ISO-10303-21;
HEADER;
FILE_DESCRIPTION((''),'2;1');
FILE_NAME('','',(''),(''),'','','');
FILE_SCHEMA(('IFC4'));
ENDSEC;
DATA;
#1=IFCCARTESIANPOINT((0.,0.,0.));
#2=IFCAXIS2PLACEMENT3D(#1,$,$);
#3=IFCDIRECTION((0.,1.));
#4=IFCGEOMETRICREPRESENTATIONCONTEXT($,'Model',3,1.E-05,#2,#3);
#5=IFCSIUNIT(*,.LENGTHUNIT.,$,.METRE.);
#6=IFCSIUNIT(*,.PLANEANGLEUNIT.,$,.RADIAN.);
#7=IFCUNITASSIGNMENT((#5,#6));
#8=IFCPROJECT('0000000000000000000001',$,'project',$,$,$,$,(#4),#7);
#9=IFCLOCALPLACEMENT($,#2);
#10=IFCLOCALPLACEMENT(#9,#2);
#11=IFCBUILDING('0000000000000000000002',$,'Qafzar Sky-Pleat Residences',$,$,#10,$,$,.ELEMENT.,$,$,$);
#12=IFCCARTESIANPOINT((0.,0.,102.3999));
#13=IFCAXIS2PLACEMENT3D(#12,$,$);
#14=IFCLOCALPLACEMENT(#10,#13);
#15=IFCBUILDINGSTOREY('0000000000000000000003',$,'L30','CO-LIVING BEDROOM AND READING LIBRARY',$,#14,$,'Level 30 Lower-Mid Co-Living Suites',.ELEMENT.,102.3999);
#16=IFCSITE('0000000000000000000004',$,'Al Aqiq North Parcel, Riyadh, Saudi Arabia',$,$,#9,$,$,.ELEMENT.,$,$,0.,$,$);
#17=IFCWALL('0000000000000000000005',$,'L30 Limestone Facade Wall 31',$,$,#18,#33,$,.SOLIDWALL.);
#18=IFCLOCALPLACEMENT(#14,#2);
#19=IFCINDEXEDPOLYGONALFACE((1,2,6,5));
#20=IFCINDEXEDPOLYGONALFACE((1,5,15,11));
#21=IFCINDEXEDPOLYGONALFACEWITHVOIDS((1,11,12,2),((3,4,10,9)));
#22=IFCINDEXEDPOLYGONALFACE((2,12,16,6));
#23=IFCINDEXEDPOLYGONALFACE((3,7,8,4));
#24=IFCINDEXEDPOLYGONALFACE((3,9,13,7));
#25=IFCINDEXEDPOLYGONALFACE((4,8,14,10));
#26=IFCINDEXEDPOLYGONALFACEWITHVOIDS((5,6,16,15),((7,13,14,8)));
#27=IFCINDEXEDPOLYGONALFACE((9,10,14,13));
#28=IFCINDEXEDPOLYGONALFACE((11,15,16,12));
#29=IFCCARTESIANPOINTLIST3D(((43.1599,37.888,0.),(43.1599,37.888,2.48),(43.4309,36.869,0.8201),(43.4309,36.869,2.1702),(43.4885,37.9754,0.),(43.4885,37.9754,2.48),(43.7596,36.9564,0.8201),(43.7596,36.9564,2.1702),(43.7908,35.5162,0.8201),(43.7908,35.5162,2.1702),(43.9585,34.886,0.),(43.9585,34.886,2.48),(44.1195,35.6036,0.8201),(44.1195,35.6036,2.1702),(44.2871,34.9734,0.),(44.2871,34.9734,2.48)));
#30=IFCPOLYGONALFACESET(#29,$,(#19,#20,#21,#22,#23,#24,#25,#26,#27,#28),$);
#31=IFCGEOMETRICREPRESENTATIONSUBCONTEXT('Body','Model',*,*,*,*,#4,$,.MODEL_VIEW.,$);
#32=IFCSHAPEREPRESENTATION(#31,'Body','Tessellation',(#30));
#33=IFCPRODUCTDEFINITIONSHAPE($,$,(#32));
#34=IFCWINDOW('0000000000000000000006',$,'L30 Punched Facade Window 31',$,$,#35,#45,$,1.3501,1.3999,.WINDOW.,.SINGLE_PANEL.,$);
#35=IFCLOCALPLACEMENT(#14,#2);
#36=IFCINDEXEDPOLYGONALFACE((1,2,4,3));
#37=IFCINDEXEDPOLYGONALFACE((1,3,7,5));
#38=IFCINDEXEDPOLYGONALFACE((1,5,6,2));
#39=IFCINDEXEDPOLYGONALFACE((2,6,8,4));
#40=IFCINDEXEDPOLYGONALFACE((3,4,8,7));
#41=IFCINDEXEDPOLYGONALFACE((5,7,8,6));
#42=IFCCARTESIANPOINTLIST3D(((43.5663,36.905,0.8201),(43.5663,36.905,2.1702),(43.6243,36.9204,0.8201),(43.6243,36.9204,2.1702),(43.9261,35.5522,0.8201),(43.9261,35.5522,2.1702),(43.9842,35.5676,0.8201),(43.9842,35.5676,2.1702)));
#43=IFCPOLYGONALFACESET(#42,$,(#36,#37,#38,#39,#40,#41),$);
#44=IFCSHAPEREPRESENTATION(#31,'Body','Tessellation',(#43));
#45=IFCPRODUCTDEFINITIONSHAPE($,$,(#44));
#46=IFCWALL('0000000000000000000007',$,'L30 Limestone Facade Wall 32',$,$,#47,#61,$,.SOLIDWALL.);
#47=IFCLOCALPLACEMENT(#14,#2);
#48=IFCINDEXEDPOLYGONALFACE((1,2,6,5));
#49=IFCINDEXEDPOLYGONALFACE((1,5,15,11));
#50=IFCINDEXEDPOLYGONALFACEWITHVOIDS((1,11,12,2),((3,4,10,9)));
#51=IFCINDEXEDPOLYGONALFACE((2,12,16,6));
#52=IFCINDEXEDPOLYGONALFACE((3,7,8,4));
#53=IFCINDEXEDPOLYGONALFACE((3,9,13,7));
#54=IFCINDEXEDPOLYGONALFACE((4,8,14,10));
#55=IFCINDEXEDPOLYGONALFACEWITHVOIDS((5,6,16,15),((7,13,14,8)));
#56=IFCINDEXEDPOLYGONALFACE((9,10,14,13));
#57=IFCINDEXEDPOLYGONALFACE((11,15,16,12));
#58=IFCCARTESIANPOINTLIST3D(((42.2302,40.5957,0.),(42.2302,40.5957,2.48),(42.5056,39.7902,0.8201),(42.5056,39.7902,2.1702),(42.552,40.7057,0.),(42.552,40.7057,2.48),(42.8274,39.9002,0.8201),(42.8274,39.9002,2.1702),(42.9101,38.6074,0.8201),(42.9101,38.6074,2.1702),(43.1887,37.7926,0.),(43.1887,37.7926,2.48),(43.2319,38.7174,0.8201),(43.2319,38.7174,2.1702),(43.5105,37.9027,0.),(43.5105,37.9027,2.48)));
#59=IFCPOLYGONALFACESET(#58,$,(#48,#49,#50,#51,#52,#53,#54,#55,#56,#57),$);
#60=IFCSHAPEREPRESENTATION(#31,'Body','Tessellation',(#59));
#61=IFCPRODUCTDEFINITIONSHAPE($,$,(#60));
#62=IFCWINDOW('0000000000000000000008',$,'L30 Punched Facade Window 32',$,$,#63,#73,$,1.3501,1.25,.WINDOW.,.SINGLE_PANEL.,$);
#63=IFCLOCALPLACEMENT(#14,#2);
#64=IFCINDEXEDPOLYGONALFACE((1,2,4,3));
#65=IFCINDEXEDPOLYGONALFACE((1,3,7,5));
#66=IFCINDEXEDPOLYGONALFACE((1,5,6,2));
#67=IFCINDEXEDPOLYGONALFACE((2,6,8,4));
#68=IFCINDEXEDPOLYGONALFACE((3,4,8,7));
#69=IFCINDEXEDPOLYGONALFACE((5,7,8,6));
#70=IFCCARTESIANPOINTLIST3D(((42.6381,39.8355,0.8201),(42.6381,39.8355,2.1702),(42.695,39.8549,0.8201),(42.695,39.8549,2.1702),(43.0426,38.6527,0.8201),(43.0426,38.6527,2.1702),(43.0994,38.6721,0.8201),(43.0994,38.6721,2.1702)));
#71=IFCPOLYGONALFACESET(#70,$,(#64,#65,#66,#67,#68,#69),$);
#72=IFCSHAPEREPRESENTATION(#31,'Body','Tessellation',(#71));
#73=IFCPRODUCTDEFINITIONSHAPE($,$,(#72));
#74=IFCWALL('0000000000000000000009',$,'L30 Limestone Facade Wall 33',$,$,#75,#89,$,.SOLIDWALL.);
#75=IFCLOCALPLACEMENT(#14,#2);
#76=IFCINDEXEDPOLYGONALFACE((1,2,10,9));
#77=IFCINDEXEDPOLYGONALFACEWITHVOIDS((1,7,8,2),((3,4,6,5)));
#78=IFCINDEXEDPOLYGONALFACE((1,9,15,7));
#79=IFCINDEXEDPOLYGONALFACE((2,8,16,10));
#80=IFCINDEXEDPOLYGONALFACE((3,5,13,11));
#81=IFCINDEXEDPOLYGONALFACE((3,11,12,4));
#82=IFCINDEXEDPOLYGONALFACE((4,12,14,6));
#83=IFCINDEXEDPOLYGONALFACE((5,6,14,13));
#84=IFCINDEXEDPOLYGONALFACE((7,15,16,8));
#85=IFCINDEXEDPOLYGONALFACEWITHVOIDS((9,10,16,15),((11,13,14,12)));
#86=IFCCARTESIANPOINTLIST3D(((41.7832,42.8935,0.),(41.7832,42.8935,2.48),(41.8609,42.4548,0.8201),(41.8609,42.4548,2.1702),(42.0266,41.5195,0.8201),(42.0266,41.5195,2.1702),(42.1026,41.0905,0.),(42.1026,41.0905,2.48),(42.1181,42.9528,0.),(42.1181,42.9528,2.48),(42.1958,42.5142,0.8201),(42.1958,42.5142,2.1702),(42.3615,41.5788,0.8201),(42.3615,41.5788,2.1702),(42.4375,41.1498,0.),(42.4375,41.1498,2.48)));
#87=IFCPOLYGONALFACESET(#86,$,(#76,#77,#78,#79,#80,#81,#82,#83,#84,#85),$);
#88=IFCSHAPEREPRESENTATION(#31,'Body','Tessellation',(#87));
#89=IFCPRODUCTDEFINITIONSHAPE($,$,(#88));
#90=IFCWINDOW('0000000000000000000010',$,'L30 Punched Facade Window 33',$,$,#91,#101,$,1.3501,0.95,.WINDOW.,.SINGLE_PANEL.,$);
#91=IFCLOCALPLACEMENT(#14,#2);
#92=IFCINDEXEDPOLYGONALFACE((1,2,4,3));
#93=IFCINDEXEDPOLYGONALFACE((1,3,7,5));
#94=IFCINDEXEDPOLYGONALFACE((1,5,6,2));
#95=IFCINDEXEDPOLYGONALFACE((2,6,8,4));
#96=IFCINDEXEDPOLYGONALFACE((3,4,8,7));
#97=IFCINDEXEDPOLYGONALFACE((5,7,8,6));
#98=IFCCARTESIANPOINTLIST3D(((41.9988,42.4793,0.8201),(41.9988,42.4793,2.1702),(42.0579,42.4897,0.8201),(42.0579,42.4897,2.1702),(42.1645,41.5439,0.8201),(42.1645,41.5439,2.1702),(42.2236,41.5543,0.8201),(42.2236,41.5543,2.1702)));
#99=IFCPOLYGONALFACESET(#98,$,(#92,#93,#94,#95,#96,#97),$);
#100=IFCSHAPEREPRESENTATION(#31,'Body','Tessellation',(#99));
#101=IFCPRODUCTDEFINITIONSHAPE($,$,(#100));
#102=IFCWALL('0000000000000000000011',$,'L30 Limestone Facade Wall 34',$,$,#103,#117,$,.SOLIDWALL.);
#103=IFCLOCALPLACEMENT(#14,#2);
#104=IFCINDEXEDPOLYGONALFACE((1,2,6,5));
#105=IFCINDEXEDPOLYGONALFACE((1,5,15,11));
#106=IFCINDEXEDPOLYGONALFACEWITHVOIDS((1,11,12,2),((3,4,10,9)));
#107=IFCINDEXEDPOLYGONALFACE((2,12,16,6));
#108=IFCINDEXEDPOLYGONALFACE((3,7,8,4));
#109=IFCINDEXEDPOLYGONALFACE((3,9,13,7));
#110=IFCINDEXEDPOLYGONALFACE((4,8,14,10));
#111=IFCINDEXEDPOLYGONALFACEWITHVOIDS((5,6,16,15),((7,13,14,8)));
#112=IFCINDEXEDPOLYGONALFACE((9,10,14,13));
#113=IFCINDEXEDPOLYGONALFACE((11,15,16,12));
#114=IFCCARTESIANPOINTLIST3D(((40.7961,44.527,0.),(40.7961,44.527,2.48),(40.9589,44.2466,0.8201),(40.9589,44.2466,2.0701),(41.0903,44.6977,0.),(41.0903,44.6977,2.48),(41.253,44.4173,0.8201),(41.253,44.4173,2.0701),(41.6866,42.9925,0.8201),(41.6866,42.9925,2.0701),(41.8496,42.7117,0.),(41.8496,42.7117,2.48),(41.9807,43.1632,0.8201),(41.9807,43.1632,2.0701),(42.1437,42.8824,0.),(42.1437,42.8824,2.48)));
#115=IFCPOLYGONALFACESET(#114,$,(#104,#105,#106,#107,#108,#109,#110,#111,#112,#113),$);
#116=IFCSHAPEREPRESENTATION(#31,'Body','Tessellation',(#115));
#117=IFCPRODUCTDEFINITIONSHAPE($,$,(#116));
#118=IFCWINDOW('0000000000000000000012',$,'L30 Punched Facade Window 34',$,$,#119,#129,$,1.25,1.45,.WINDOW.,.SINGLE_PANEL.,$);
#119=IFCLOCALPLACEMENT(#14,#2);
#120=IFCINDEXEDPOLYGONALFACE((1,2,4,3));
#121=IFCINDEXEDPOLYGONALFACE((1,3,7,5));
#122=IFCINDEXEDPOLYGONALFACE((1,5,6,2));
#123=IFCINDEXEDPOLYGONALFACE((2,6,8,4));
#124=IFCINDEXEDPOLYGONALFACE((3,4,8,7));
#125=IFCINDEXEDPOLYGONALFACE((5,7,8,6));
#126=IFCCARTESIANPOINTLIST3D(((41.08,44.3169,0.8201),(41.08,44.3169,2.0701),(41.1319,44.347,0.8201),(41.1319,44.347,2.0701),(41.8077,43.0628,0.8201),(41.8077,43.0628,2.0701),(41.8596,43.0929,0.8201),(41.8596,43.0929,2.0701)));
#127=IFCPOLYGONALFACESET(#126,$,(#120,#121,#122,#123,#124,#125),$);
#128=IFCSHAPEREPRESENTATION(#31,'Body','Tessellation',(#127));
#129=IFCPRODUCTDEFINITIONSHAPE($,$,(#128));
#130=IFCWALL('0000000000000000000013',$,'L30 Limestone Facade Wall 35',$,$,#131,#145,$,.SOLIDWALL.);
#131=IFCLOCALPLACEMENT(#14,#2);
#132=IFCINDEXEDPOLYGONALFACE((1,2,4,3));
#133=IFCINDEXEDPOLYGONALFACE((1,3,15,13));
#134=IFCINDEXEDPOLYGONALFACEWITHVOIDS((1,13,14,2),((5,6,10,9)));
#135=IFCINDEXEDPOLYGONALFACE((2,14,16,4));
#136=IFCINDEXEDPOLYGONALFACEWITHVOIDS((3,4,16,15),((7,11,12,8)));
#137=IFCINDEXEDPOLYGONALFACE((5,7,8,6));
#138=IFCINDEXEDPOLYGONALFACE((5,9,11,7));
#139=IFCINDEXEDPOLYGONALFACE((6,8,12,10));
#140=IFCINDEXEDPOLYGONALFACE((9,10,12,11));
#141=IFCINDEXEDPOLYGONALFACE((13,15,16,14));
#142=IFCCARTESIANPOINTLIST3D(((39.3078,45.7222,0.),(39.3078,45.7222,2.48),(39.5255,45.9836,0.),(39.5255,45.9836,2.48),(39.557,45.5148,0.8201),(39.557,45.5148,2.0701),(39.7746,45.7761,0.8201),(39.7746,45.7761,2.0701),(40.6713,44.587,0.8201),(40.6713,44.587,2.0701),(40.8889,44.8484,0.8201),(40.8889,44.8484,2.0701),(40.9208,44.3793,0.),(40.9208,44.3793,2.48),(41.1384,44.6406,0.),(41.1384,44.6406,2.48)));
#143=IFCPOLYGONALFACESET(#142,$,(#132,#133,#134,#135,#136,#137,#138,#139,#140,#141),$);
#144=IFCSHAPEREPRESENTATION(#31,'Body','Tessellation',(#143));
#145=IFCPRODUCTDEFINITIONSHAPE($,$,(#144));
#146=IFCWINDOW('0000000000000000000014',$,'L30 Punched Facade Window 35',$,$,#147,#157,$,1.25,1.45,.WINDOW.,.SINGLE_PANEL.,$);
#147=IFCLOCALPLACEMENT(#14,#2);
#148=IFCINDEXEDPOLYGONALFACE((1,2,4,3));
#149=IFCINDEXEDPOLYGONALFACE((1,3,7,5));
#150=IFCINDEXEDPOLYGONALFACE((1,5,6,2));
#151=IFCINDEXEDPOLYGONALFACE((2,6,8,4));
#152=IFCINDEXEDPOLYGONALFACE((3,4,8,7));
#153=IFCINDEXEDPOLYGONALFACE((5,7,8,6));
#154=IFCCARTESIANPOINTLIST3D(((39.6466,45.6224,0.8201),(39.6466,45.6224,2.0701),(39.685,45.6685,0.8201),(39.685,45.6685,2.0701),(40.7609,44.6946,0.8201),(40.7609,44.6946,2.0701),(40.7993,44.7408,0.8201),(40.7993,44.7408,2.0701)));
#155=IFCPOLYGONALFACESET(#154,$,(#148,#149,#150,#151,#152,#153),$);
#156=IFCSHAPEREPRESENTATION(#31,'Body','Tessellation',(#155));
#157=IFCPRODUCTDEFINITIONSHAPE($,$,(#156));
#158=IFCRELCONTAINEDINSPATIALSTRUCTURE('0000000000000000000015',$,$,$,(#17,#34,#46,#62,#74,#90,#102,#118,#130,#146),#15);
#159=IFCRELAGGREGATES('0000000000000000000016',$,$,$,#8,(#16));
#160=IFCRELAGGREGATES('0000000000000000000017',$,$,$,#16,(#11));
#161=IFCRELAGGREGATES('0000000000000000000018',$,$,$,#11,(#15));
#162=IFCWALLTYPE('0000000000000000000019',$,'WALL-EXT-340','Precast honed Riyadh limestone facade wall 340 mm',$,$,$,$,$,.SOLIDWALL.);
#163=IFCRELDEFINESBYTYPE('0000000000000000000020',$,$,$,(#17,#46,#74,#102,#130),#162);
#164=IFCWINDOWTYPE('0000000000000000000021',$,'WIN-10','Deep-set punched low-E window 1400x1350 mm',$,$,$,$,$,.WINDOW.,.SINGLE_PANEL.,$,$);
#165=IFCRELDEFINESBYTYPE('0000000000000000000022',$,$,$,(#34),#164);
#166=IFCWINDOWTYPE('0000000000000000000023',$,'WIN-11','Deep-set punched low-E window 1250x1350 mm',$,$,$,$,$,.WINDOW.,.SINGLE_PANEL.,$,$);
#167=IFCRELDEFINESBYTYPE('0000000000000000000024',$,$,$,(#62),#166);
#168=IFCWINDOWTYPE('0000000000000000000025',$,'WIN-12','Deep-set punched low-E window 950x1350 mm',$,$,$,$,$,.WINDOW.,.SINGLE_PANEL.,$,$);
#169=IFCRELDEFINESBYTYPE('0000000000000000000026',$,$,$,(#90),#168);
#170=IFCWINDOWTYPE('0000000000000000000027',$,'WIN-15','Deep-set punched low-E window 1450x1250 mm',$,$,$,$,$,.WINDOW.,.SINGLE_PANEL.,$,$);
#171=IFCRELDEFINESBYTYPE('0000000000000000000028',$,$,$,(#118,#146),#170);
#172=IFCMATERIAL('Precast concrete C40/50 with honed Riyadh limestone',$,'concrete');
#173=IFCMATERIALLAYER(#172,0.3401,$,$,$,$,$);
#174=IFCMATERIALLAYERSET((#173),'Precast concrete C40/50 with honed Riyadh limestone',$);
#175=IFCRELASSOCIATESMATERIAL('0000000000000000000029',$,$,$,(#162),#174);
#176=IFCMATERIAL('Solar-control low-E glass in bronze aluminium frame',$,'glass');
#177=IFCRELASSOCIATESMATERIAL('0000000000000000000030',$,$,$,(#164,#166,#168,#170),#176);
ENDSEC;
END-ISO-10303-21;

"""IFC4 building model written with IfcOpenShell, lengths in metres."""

from ifc_helpers import new_model, si_unit, direction, frame, frame_2d, origin, place, context, subcontext, project, spatial, rectangle, extrude, source, transform, mapped, material, layer, layer_set, type_object, element, fill, save


model = new_model("IFC4")

# Units and contexts
model_context = context("Model", 3, precision=1e-05, world=origin(), true_north=direction((0.0, 1.0)))
body_context = subcontext(model_context, "Body", "Model", "MODEL_VIEW")
ifc_project = project(units=[si_unit("LENGTHUNIT", "METRE"), si_unit("PLANEANGLEUNIT", "RADIAN")], contexts=[model_context])

# Site, building, storey
site_placement = place(None, origin())
site = spatial("IfcSite", under=ifc_project, at=site_placement, Name="Al Aqiq North Parcel, Riyadh, Saudi Arabia", CompositionType="ELEMENT", RefElevation=0.0)
building_placement = place(site_placement, origin())
building = spatial("IfcBuilding", under=site, at=building_placement, Name="Qafzar Sky-Pleat Residences", CompositionType="ELEMENT")
storey_placement = place(building_placement, frame((0.0, 0.0, 102.3999)))
storey = spatial("IfcBuildingStorey", under=building, at=storey_placement, Name="L30", Description="CO-LIVING BEDROOM AND READING LIBRARY", LongName="Level 30 Lower-Mid Co-Living Suites", CompositionType="ELEMENT", Elevation=102.3999)

# Walls, openings, windows
ifc_material_1 = material(Name="Precast concrete C40/50 with honed Riyadh limestone", Category="concrete")
ifc_layer_1 = layer(ifc_material_1, 0.3401)
ifc_layer_set_1 = layer_set([ifc_layer_1], Name="Precast concrete C40/50 with honed Riyadh limestone")
wall_type_1 = type_object("IfcWallType", Name="WALL-EXT-340", Description="Precast honed Riyadh limestone facade wall 340 mm", PredefinedType="SOLIDWALL", material=ifc_layer_set_1)
wall_1_placement = place(storey_placement, frame((44.1228, 34.9297, 0.0), z_axis=(0.0, 0.0, 1.0), x_axis=(-0.25708, 0.96639, 0.0)))
wall_1 = element("IfcWall", 1, at=wall_1_placement, inside=storey, type_object=wall_type_1, Name="L30 Limestone Facade Wall 31", PredefinedType="SOLIDWALL", context=body_context, shape_type="SweptSolid", body=[
    extrude(rectangle(XDim=3.1064, YDim=0.3401, at=frame_2d((1.5532, 0.0))), origin(), (0.0, 0.0, 1.0), 2.48),
])
opening_1_placement = place(wall_1_placement, frame((0.6521, 0.0, 0.8201)))
opening_1 = element("IfcOpeningElement", 2, at=opening_1_placement, cuts=wall_1, PredefinedType="OPENING", context=body_context, shape_type="SweptSolid", body=[
    extrude(rectangle(XDim=1.3999, YDim=1.3501, at=frame_2d((0.7, 0.675))), frame((0.0, 0.1802, 0.0), z_axis=(0.0, -1.0, 0.0), x_axis=(1.0, 0.0, 0.0)), (0.0, 0.0, 1.0), 0.3601),
])
ifc_material_2 = material(Name="Solar-control low-E glass in bronze aluminium frame", Category="glass")
window_type_1 = type_object("IfcWindowType", Name="WIN-10", Description="Deep-set punched low-E window 1400x1350 mm", PartitioningType="SINGLE_PANEL", PredefinedType="WINDOW", material=ifc_material_2)
shared_shape_1 = source(origin(), body_context, "Body", "SweptSolid", [
    extrude(rectangle(XDim=1.3999, YDim=1.3501, at=frame_2d((0.7, 0.675))), frame((0.0, 0.03, 0.0), z_axis=(0.0, -1.0, 0.0), x_axis=(1.0, 0.0, 0.0)), (0.0, 0.0, 1.0), 0.0601),
])
window_1_placement = place(opening_1_placement, origin())
window_1 = element("IfcWindow", 3, at=window_1_placement, inside=storey, type_object=window_type_1, Name="L30 Punched Facade Window 31", OverallHeight=1.3501, OverallWidth=1.3999, PartitioningType="SINGLE_PANEL", PredefinedType="WINDOW", context=body_context, shape_type="MappedRepresentation", body=[
    mapped(shared_shape_1, transform((0.0, 0.0, 0.0), x_axis=(1.0, 0.0, 0.0), y_axis=(0.0, 1.0, 0.0), z_axis=(0.0, 0.0, 1.0), scale=1.0)),
])
fill(opening_1, window_1)
wall_2_placement = place(storey_placement, frame((43.3496, 37.8477, 0.0), z_axis=(0.0, 0.0, 1.0), x_axis=(-0.323561, 0.946207, 0.0)))
wall_2 = element("IfcWall", 4, at=wall_2_placement, inside=storey, type_object=wall_type_1, Name="L30 Limestone Facade Wall 32", PredefinedType="SOLIDWALL", context=body_context, shape_type="SweptSolid", body=[
    extrude(rectangle(XDim=2.9624, YDim=0.3401, at=frame_2d((1.4812, 0.0))), origin(), (0.0, 0.0, 1.0), 2.48),
])
opening_2_placement = place(wall_2_placement, frame((0.8611, 0.0, 0.8201)))
opening_2 = element("IfcOpeningElement", 5, at=opening_2_placement, cuts=wall_2, PredefinedType="OPENING", context=body_context, shape_type="SweptSolid", body=[
    extrude(rectangle(XDim=1.25, YDim=1.3501, at=frame_2d((0.625, 0.675))), frame((0.0, 0.1802, 0.0), z_axis=(0.0, -1.0, 0.0), x_axis=(1.0, 0.0, 0.0)), (0.0, 0.0, 1.0), 0.3601),
])
window_type_2 = type_object("IfcWindowType", Name="WIN-11", Description="Deep-set punched low-E window 1250x1350 mm", PartitioningType="SINGLE_PANEL", PredefinedType="WINDOW", material=ifc_material_2)
shared_shape_2 = source(origin(), body_context, "Body", "SweptSolid", [
    extrude(rectangle(XDim=1.25, YDim=1.3501, at=frame_2d((0.625, 0.675))), frame((0.0, 0.03, 0.0), z_axis=(0.0, -1.0, 0.0), x_axis=(1.0, 0.0, 0.0)), (0.0, 0.0, 1.0), 0.0601),
])
window_2_placement = place(opening_2_placement, origin())
window_2 = element("IfcWindow", 6, at=window_2_placement, inside=storey, type_object=window_type_2, Name="L30 Punched Facade Window 32", OverallHeight=1.3501, OverallWidth=1.25, PartitioningType="SINGLE_PANEL", PredefinedType="WINDOW", context=body_context, shape_type="MappedRepresentation", body=[
    mapped(shared_shape_2, transform((0.0, 0.0, 0.0), x_axis=(1.0, 0.0, 0.0), y_axis=(0.0, 1.0, 0.0), z_axis=(0.0, 0.0, 1.0), scale=1.0)),
])
fill(opening_2, window_2)
wall_3_placement = place(storey_placement, frame((42.27, 41.1201, 0.0), z_axis=(0.0, 0.0, 1.0), x_axis=(-0.174401, 0.984675, 0.0)))
wall_3 = element("IfcWall", 7, at=wall_3_placement, inside=storey, type_object=wall_type_1, Name="L30 Limestone Facade Wall 33", PredefinedType="SOLIDWALL", context=body_context, shape_type="SweptSolid", body=[
    extrude(rectangle(XDim=1.8311, YDim=0.3401, at=frame_2d((0.9155, 0.0))), origin(), (0.0, 0.0, 1.0), 2.48),
])
opening_3_placement = place(wall_3_placement, frame((0.4355, 0.0, 0.8201)))
opening_3 = element("IfcOpeningElement", 8, at=opening_3_placement, cuts=wall_3, PredefinedType="OPENING", context=body_context, shape_type="SweptSolid", body=[
    extrude(rectangle(XDim=0.95, YDim=1.3501, at=frame_2d((0.4751, 0.675))), frame((0.0, 0.1802, 0.0), z_axis=(0.0, -1.0, 0.0), x_axis=(1.0, 0.0, 0.0)), (0.0, 0.0, 1.0), 0.3601),
])
window_type_3 = type_object("IfcWindowType", Name="WIN-12", Description="Deep-set punched low-E window 950x1350 mm", PartitioningType="SINGLE_PANEL", PredefinedType="WINDOW", material=ifc_material_2)
shared_shape_3 = source(origin(), body_context, "Body", "SweptSolid", [
    extrude(rectangle(XDim=0.95, YDim=1.3501, at=frame_2d((0.4751, 0.675))), frame((0.0, 0.03, 0.0), z_axis=(0.0, -1.0, 0.0), x_axis=(1.0, 0.0, 0.0)), (0.0, 0.0, 1.0), 0.0601),
])
window_3_placement = place(opening_3_placement, origin())
window_3 = element("IfcWindow", 9, at=window_3_placement, inside=storey, type_object=window_type_3, Name="L30 Punched Facade Window 33", OverallHeight=1.3501, OverallWidth=0.95, PartitioningType="SINGLE_PANEL", PredefinedType="WINDOW", context=body_context, shape_type="MappedRepresentation", body=[
    mapped(shared_shape_3, transform((0.0, 0.0, 0.0), x_axis=(1.0, 0.0, 0.0), y_axis=(0.0, 1.0, 0.0), z_axis=(0.0, 0.0, 1.0), scale=1.0)),
])
fill(opening_3, window_3)
wall_4_placement = place(storey_placement, frame((41.9966, 42.7971, 0.0), z_axis=(0.0, 0.0, 1.0), x_axis=(-0.501903, 0.864924, 0.0)))
wall_4 = element("IfcWall", 10, at=wall_4_placement, inside=storey, type_object=wall_type_1, Name="L30 Limestone Facade Wall 34", PredefinedType="SOLIDWALL", context=body_context, shape_type="SweptSolid", body=[
    extrude(rectangle(XDim=2.0989, YDim=0.3401, at=frame_2d((1.0493, 0.0))), origin(), (0.0, 0.0, 1.0), 2.48),
])
opening_4_placement = place(wall_4_placement, frame((0.3245, 0.0, 0.8201)))
opening_4 = element("IfcOpeningElement", 11, at=opening_4_placement, cuts=wall_4, PredefinedType="OPENING", context=body_context, shape_type="SweptSolid", body=[
    extrude(rectangle(XDim=1.45, YDim=1.25, at=frame_2d((0.7251, 0.625))), frame((0.0, 0.1802, 0.0), z_axis=(0.0, -1.0, 0.0), x_axis=(1.0, 0.0, 0.0)), (0.0, 0.0, 1.0), 0.3601),
])
window_type_4 = type_object("IfcWindowType", Name="WIN-15", Description="Deep-set punched low-E window 1450x1250 mm", PartitioningType="SINGLE_PANEL", PredefinedType="WINDOW", material=ifc_material_2)
shared_shape_4 = source(origin(), body_context, "Body", "SweptSolid", [
    extrude(rectangle(XDim=1.45, YDim=1.25, at=frame_2d((0.7251, 0.625))), frame((0.0, 0.03, 0.0), z_axis=(0.0, -1.0, 0.0), x_axis=(1.0, 0.0, 0.0)), (0.0, 0.0, 1.0), 0.0601),
])
window_4_placement = place(opening_4_placement, origin())
window_4 = element("IfcWindow", 12, at=window_4_placement, inside=storey, type_object=window_type_4, Name="L30 Punched Facade Window 34", OverallHeight=1.25, OverallWidth=1.45, PartitioningType="SINGLE_PANEL", PredefinedType="WINDOW", context=body_context, shape_type="MappedRepresentation", body=[
    mapped(shared_shape_4, transform((0.0, 0.0, 0.0), x_axis=(1.0, 0.0, 0.0), y_axis=(0.0, 1.0, 0.0), z_axis=(0.0, 0.0, 1.0), scale=1.0)),
])
fill(opening_4, window_4)
wall_5_placement = place(storey_placement, frame((41.0295, 44.51, 0.0), z_axis=(0.0, 0.0, 1.0), x_axis=(-0.768498, 0.639853, 0.0)))
wall_5 = element("IfcWall", 13, at=wall_5_placement, inside=storey, type_object=wall_type_1, Name="L30 Limestone Facade Wall 35", PredefinedType="SOLIDWALL", context=body_context, shape_type="SweptSolid", body=[
    extrude(rectangle(XDim=2.0989, YDim=0.3401, at=frame_2d((1.0493, 0.0))), origin(), (0.0, 0.0, 1.0), 2.48),
])
opening_5_placement = place(wall_5_placement, frame((0.3245, 0.0, 0.8201)))
opening_5 = element("IfcOpeningElement", 14, at=opening_5_placement, cuts=wall_5, PredefinedType="OPENING", context=body_context, shape_type="SweptSolid", body=[
    extrude(rectangle(XDim=1.45, YDim=1.25, at=frame_2d((0.7251, 0.625))), frame((0.0, 0.1802, 0.0), z_axis=(0.0, -1.0, 0.0), x_axis=(1.0, 0.0, 0.0)), (0.0, 0.0, 1.0), 0.3601),
])
window_5_placement = place(opening_5_placement, origin())
window_5 = element("IfcWindow", 15, at=window_5_placement, inside=storey, type_object=window_type_4, Name="L30 Punched Facade Window 35", OverallHeight=1.25, OverallWidth=1.45, PartitioningType="SINGLE_PANEL", PredefinedType="WINDOW", context=body_context, shape_type="MappedRepresentation", body=[
    mapped(shared_shape_4, transform((0.0, 0.0, 0.0), x_axis=(1.0, 0.0, 0.0), y_axis=(0.0, 1.0, 0.0), z_axis=(0.0, 0.0, 1.0), scale=1.0)),
])
fill(opening_5, window_5)

save(model, "model.ifc")
